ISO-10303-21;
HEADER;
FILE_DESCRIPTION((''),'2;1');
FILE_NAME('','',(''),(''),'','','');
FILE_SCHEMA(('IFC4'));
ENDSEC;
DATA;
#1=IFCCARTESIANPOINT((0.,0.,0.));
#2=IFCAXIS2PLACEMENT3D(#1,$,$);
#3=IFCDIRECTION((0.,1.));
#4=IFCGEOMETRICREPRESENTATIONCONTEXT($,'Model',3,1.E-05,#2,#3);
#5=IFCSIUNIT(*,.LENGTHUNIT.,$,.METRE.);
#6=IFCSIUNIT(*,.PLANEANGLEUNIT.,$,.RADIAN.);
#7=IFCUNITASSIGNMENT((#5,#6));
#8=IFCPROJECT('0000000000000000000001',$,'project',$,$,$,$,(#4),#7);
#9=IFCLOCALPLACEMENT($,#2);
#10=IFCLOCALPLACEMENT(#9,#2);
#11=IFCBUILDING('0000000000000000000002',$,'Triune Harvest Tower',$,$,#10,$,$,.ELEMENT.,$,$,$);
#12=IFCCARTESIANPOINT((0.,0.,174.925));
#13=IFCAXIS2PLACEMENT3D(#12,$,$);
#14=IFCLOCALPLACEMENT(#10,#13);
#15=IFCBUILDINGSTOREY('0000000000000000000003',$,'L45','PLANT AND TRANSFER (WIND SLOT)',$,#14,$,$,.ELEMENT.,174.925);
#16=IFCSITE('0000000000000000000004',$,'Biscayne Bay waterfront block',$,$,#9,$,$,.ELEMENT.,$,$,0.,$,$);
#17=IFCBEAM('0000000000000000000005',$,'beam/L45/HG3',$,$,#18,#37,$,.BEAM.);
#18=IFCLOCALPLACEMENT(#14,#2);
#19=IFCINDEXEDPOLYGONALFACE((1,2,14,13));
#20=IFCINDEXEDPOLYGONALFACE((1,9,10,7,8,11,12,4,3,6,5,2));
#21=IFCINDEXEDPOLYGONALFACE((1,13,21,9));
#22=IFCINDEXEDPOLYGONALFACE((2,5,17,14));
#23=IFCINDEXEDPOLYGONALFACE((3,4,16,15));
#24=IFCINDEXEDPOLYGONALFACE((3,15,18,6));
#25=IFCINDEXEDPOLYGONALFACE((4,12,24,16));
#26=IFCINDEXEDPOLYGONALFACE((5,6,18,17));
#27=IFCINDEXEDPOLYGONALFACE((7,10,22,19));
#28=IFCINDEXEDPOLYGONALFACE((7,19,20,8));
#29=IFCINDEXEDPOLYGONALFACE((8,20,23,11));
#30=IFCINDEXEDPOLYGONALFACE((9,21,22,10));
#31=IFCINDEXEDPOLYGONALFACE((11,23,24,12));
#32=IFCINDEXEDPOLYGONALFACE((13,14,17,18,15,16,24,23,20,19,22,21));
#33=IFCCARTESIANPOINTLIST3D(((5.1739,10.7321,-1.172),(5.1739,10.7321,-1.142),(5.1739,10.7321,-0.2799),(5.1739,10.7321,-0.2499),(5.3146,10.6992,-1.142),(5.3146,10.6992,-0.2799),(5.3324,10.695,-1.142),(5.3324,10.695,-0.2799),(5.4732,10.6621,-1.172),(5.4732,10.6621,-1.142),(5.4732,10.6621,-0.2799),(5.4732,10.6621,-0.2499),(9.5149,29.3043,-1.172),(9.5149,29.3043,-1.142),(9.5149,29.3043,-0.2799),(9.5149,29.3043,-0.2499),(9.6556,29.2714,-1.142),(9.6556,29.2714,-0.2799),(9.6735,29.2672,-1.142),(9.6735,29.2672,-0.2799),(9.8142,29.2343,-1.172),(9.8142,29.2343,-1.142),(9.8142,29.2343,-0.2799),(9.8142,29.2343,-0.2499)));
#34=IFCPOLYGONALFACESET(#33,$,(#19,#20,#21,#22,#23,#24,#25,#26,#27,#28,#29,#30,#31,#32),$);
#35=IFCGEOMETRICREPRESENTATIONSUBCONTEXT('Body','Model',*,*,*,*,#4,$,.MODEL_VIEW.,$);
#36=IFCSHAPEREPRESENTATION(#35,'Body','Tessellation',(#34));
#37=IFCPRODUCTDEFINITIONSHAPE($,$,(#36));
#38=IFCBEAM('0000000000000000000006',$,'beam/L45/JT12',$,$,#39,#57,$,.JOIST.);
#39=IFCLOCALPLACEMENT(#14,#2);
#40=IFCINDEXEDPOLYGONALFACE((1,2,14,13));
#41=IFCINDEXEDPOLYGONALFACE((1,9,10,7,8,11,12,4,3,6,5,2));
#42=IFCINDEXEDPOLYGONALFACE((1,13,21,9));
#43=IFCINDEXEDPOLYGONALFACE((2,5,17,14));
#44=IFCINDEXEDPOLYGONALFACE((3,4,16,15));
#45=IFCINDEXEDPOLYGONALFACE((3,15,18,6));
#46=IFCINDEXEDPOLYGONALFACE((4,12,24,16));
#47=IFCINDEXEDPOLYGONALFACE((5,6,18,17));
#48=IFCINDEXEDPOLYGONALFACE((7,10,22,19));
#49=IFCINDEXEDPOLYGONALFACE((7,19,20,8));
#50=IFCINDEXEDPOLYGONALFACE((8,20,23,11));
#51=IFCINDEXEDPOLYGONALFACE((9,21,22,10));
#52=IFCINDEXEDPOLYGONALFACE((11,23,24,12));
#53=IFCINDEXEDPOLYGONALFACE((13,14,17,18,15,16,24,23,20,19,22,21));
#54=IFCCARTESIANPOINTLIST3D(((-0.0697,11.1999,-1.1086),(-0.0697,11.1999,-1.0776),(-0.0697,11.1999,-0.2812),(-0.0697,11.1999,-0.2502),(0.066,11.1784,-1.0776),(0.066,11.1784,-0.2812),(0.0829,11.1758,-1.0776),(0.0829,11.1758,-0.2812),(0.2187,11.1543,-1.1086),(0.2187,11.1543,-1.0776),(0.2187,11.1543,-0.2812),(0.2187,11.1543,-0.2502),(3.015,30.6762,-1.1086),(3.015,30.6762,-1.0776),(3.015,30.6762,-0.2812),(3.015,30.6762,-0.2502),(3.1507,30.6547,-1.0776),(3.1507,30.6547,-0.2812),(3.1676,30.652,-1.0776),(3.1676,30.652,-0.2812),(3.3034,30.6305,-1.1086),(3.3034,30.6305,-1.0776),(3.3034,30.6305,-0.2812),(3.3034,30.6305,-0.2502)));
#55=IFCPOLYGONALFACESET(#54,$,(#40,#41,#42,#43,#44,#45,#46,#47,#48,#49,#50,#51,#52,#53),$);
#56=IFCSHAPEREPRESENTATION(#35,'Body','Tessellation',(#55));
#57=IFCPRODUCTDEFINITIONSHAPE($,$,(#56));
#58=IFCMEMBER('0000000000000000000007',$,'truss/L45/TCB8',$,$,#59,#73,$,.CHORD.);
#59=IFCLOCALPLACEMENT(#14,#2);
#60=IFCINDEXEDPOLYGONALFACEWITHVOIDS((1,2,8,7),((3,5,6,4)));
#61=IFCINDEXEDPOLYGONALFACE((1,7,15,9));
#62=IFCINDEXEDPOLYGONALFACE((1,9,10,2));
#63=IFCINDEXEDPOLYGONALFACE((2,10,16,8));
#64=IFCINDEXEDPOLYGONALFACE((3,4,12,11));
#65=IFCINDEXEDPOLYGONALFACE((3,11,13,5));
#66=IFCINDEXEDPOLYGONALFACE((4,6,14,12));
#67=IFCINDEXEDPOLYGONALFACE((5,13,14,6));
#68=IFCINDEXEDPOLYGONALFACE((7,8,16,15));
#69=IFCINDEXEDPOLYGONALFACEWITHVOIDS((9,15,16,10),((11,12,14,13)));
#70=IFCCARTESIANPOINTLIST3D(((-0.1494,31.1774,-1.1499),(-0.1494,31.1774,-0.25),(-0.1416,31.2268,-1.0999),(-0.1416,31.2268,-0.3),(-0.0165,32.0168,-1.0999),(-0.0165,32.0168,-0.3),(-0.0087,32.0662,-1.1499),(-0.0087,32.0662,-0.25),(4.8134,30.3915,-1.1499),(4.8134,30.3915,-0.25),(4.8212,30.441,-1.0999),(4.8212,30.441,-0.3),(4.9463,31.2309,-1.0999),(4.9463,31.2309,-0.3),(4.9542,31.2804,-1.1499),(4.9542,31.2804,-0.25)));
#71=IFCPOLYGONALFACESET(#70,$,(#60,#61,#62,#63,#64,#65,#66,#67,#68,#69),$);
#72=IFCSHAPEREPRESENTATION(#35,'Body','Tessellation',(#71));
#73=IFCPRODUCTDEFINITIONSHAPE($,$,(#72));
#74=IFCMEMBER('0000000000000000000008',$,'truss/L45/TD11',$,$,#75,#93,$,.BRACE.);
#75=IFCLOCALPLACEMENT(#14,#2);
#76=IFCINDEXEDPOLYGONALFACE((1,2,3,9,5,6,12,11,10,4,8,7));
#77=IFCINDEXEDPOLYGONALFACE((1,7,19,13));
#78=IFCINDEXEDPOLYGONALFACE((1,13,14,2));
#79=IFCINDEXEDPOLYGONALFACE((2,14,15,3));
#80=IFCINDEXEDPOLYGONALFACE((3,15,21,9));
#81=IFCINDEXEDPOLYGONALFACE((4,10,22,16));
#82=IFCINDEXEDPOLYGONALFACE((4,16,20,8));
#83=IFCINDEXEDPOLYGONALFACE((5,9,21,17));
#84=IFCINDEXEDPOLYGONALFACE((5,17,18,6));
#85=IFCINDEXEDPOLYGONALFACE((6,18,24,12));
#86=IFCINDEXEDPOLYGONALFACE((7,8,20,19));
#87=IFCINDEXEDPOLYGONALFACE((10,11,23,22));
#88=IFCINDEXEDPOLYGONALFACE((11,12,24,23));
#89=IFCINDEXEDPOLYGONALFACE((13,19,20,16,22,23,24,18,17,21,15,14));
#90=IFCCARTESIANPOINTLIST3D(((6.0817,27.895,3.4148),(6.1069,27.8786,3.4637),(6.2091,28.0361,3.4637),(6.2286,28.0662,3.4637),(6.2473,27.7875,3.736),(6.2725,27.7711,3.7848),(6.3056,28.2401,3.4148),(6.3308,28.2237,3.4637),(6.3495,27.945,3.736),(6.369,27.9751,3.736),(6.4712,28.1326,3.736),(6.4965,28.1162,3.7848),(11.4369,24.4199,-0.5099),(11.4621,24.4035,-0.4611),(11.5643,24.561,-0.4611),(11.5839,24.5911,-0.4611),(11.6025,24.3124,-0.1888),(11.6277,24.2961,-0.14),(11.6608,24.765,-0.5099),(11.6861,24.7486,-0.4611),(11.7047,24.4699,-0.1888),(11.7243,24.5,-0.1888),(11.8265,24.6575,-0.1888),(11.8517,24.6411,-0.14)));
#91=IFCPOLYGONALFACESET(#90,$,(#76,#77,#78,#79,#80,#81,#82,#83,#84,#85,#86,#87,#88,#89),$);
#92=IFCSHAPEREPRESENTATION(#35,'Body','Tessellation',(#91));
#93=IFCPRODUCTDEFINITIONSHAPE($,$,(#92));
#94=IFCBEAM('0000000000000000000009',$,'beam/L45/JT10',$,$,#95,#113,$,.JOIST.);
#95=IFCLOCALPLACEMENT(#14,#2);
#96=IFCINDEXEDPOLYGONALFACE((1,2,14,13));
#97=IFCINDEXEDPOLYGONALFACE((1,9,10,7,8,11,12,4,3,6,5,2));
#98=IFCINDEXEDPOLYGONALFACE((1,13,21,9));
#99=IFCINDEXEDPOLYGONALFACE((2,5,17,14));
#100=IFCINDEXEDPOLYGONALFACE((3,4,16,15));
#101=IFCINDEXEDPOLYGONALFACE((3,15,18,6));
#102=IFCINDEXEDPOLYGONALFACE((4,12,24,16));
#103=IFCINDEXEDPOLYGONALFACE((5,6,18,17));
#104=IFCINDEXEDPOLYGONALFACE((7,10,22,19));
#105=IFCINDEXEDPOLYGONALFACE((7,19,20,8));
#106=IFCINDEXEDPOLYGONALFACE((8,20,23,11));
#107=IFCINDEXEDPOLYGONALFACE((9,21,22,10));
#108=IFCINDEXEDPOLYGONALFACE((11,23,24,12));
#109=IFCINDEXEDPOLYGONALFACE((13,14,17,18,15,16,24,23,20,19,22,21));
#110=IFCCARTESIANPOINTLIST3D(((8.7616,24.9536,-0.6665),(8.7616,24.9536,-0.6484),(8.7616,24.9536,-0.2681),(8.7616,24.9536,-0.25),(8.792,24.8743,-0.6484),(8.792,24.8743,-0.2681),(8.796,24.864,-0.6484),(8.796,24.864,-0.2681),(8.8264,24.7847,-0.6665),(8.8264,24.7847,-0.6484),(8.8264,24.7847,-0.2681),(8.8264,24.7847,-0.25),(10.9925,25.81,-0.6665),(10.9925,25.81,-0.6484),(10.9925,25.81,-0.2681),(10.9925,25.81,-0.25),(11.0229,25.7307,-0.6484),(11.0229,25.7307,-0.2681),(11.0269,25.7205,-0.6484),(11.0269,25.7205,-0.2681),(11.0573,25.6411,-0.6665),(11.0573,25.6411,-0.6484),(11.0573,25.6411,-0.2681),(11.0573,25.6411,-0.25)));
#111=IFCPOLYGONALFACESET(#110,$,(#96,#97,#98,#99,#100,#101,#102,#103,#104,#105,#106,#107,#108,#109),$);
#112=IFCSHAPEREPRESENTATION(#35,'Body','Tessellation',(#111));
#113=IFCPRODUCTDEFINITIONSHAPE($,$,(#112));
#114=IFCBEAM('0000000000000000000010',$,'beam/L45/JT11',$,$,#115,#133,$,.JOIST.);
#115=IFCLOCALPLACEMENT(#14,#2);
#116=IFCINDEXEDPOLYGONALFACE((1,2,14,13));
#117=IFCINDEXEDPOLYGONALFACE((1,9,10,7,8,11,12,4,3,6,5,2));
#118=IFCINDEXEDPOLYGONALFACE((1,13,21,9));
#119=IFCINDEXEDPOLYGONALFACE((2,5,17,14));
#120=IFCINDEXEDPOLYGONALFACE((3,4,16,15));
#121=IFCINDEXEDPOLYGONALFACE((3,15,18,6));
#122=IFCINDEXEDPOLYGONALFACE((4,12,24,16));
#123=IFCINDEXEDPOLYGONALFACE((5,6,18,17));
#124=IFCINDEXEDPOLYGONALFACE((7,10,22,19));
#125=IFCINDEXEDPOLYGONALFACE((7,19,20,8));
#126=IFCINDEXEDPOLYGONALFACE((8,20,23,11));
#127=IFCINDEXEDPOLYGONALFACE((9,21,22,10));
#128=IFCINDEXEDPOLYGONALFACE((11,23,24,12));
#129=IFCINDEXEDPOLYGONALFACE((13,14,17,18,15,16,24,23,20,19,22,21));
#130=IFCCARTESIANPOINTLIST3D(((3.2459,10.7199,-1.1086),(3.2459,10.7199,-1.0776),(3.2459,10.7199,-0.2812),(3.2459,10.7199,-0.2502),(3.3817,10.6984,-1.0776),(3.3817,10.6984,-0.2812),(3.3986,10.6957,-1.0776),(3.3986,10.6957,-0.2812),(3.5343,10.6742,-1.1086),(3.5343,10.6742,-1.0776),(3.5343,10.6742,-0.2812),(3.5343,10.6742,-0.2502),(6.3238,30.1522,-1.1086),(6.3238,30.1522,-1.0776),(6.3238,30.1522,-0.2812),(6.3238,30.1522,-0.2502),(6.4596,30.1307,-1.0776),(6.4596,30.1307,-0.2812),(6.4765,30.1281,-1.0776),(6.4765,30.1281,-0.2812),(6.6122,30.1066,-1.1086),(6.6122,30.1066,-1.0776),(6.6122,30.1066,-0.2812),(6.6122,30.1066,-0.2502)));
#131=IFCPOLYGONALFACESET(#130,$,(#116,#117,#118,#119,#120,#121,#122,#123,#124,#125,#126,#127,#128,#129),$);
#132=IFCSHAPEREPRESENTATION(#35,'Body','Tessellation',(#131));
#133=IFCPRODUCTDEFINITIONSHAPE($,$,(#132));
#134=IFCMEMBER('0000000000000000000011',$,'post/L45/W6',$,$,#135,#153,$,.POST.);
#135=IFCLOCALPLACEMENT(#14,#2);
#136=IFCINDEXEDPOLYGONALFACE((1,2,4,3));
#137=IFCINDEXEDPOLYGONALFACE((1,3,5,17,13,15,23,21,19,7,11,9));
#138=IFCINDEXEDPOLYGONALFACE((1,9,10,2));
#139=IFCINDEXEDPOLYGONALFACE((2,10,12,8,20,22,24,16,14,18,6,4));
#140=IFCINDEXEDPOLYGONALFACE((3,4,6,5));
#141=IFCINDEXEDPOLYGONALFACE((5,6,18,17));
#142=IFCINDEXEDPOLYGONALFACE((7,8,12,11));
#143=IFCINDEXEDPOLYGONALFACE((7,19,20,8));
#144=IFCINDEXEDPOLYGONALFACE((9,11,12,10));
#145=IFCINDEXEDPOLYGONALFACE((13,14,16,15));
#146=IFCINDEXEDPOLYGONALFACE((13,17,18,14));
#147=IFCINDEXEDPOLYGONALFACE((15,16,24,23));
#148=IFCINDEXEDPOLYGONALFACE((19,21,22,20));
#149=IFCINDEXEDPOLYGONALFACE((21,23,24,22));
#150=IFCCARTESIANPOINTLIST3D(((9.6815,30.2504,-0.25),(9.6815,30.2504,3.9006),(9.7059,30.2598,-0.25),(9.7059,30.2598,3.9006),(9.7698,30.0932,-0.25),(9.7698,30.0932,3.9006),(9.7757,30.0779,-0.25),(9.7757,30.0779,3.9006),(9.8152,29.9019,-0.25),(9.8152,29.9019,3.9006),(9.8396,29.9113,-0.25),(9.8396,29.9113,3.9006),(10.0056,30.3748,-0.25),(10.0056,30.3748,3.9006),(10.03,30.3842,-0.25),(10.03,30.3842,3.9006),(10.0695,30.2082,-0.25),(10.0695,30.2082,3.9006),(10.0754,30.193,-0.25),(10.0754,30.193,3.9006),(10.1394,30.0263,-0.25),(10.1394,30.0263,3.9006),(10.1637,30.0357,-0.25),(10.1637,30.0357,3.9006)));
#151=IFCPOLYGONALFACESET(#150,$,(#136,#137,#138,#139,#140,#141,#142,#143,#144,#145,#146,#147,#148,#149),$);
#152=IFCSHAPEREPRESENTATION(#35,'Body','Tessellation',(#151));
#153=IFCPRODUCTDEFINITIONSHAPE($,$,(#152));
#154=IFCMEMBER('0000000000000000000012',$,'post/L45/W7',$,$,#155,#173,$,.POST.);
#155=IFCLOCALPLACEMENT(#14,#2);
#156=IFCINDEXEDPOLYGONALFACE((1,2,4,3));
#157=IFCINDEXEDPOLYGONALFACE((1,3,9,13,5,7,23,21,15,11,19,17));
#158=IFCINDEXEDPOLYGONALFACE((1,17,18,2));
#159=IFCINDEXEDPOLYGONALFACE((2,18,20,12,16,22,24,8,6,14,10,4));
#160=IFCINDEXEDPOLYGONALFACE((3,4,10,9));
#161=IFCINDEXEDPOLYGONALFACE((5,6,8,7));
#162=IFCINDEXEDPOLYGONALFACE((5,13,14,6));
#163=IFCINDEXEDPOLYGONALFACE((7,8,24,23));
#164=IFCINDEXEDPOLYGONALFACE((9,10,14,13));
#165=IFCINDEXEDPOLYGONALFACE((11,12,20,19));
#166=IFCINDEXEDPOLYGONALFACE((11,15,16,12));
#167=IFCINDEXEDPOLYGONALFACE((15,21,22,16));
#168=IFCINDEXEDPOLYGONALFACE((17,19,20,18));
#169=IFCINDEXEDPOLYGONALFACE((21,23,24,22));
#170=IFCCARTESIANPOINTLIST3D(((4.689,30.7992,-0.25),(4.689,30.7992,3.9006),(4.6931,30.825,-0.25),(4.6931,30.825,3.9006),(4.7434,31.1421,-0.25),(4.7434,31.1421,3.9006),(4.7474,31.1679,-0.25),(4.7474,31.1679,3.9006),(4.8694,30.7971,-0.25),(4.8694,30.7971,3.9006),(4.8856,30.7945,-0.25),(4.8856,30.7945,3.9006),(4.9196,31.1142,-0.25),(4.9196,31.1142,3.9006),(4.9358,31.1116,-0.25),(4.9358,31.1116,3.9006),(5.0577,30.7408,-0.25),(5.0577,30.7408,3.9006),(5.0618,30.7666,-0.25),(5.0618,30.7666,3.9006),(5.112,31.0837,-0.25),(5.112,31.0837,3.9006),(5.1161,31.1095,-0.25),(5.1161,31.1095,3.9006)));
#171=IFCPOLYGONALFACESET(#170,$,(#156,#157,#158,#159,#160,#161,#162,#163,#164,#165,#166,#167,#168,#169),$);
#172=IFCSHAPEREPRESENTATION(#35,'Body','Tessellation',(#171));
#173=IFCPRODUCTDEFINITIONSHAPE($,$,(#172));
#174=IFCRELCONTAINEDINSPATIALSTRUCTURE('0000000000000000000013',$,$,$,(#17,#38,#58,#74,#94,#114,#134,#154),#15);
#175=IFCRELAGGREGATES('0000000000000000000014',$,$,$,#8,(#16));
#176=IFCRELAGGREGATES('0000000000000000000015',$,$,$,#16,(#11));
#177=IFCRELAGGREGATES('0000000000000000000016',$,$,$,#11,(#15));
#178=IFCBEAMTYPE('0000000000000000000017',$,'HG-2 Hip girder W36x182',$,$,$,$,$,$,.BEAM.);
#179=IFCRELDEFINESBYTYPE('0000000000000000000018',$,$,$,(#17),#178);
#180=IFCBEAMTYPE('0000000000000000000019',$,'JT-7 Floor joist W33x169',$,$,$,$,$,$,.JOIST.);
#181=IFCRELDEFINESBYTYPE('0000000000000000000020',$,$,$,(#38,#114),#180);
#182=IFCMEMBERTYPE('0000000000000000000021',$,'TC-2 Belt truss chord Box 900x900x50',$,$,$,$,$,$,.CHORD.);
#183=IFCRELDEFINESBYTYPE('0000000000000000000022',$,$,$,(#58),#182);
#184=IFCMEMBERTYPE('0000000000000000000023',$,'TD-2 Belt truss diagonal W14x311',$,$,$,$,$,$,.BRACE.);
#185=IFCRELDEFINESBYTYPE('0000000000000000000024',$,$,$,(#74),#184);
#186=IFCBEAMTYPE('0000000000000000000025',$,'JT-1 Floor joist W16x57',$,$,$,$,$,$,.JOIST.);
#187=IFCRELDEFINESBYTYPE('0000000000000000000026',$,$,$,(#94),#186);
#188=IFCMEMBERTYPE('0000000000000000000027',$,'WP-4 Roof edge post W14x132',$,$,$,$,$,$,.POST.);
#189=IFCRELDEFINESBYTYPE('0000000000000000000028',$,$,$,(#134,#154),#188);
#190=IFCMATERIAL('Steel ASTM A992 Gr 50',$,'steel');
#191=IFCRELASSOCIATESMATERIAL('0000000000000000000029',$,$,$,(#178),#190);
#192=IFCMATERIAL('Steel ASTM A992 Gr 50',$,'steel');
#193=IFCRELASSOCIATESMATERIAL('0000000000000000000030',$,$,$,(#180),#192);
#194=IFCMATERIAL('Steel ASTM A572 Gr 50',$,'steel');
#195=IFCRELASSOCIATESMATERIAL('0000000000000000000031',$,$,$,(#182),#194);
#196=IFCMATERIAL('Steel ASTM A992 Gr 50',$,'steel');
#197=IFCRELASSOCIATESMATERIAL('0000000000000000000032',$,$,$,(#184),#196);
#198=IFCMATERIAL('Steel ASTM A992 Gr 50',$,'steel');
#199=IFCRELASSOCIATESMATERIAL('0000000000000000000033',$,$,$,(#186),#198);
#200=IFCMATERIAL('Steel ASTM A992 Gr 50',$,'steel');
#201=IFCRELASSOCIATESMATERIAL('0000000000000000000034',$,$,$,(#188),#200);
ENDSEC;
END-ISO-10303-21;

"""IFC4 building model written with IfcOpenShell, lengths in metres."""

from ifc_helpers import new_model, si_unit, direction, frame, origin, origin_2d, place, context, subcontext, project, spatial, hollow_rectangle, i_section, extrude, source, transform, mapped, material, material_profile, profile_set, type_object, element, save


model = new_model("IFC4")

# Units and contexts
model_context = context("Model", 3, precision=1e-05, world=origin(), true_north=direction((0.0, 1.0)))
body_context = subcontext(model_context, "Body", "Model", "MODEL_VIEW")
ifc_project = project(units=[si_unit("LENGTHUNIT", "METRE"), si_unit("PLANEANGLEUNIT", "RADIAN")], contexts=[model_context])

# Site, building, storey
site_placement = place(None, origin())
site = spatial("IfcSite", under=ifc_project, at=site_placement, Name="Biscayne Bay waterfront block", CompositionType="ELEMENT", RefElevation=0.0)
building_placement = place(site_placement, origin())
building = spatial("IfcBuilding", under=site, at=building_placement, Name="Triune Harvest Tower", CompositionType="ELEMENT")
storey_placement = place(building_placement, frame((0.0, 0.0, 174.925)))
storey = spatial("IfcBuildingStorey", under=building, at=storey_placement, Name="L45", Description="PLANT AND TRANSFER (WIND SLOT)", CompositionType="ELEMENT", Elevation=174.925)

# Beams
ifc_material_1 = material(Name="Steel ASTM A992 Gr 50", Category="steel")
ifc_material_profile_1 = material_profile(ifc_material_1, i_section(OverallWidth=0.3074, OverallDepth=0.9221, WebThickness=0.0183, FlangeThickness=0.03, at=origin_2d()), Name="W36x182")
ifc_profile_set_1 = profile_set([ifc_material_profile_1], Name="Steel ASTM A992 Gr 50")
beam_type_1 = type_object("IfcBeamType", Name="HG-2 Hip girder W36x182", PredefinedType="BEAM", material=ifc_profile_set_1)
beam_1_placement = place(storey_placement, frame((9.6646, 29.2693, -0.7109), z_axis=(-0.227604, -0.973754, 0.0), x_axis=(0.973754, -0.227604, 0.0)))
element("IfcBeam", 1, at=beam_1_placement, inside=storey, type_object=beam_type_1, Name="beam/L45/HG3", PredefinedType="BEAM", context=body_context, shape_type="SweptSolid", body=[
    extrude(i_section(OverallWidth=0.3074, OverallDepth=0.9221, WebThickness=0.0183, FlangeThickness=0.03, at=origin_2d()), origin(), (0.0, 0.0, 1.0), 19.0728),
])
ifc_material_2 = material(Name="Steel ASTM A992 Gr 50", Category="steel")
ifc_material_profile_2 = material_profile(ifc_material_2, i_section(OverallWidth=0.292, OverallDepth=0.8584, WebThickness=0.0171, FlangeThickness=0.031, at=origin_2d()), Name="W33x169")
ifc_profile_set_2 = profile_set([ifc_material_profile_2], Name="Steel ASTM A992 Gr 50")
beam_type_2 = type_object("IfcBeamType", Name="JT-7 Floor joist W33x169", PredefinedType="JOIST", material=ifc_profile_set_2)
beam_2_placement = place(storey_placement, frame((3.1592, 30.6533, -0.6794), z_axis=(-0.156433, -0.987689, 0.0), x_axis=(0.987689, -0.156433, 0.0)))
element("IfcBeam", 2, at=beam_2_placement, inside=storey, type_object=beam_type_2, Name="beam/L45/JT12", PredefinedType="JOIST", context=body_context, shape_type="SweptSolid", body=[
    extrude(i_section(OverallWidth=0.292, OverallDepth=0.8584, WebThickness=0.0171, FlangeThickness=0.031, at=origin_2d()), origin(), (0.0, 0.0, 1.0), 19.719),
])

# Members
ifc_material_3 = material(Name="Steel ASTM A572 Gr 50", Category="steel")
ifc_material_profile_3 = material_profile(ifc_material_3, hollow_rectangle(XDim=0.8999, YDim=0.8999, WallThickness=0.05, at=origin_2d()), Name="Box 900x900x50")
ifc_profile_set_3 = profile_set([ifc_material_profile_3], Name="Steel ASTM A572 Gr 50")
member_type_1 = type_object("IfcMemberType", Name="TC-2 Belt truss chord Box 900x900x50", PredefinedType="CHORD", material=ifc_profile_set_3)
member_1_placement = place(storey_placement, frame((4.8838, 30.8359, -0.7), z_axis=(-0.987693, 0.156404, 0.0), x_axis=(-0.156404, -0.987693, 0.0)))
element("IfcMember", 3, at=member_1_placement, inside=storey, type_object=member_type_1, Name="truss/L45/TCB8", PredefinedType="CHORD", context=body_context, shape_type="SweptSolid", body=[
    extrude(hollow_rectangle(XDim=0.8999, YDim=0.8999, WallThickness=0.05, at=origin_2d()), origin(), (0.0, 0.0, 1.0), 5.0247),
])
ifc_material_4 = material(Name="Steel ASTM A992 Gr 50", Category="steel")
ifc_material_profile_4 = material_profile(ifc_material_4, i_section(OverallWidth=0.4114, OverallDepth=0.4343, WebThickness=0.0359, FlangeThickness=0.0574, at=origin_2d()), Name="W14x311")
ifc_profile_set_4 = profile_set([ifc_material_profile_4], Name="Steel ASTM A992 Gr 50")
member_type_2 = type_object("IfcMemberType", Name="TD-2 Belt truss diagonal W14x311", PredefinedType="BRACE", material=ifc_profile_set_4)
member_2_placement = place(storey_placement, frame((11.6443, 24.5305, -0.325), z_axis=(-0.714609, 0.463722, 0.523732), x_axis=(-0.54435, -0.838858, 0.0)))
element("IfcMember", 4, at=member_2_placement, inside=storey, type_object=member_type_2, Name="truss/L45/TD11", PredefinedType="BRACE", context=body_context, shape_type="SweptSolid", body=[
    extrude(i_section(OverallWidth=0.4114, OverallDepth=0.4343, WebThickness=0.0359, FlangeThickness=0.0574, at=origin_2d()), origin(), (0.0, 0.0, 1.0), 7.4939),
])

# Beams
ifc_material_5 = material(Name="Steel ASTM A992 Gr 50", Category="steel")
ifc_material_profile_5 = material_profile(ifc_material_5, i_section(OverallWidth=0.1809, OverallDepth=0.4165, WebThickness=0.011, FlangeThickness=0.0181, at=origin_2d()), Name="W16x57")
ifc_profile_set_5 = profile_set([ifc_material_profile_5], Name="Steel ASTM A992 Gr 50")
beam_type_3 = type_object("IfcBeamType", Name="JT-1 Floor joist W16x57", PredefinedType="JOIST", material=ifc_profile_set_5)
shared_shape_1 = source(origin(), body_context, "Body", "SweptSolid", [
    extrude(i_section(OverallWidth=0.1809, OverallDepth=0.4165, WebThickness=0.011, FlangeThickness=0.0181, at=origin_2d()), origin(), (0.0, 0.0, 1.0), 2.3896),
])
beam_3_placement = place(storey_placement, frame((11.0249, 25.7256, -0.4583), z_axis=(-0.933572, -0.35839, 0.0), x_axis=(0.35839, -0.933572, 0.0)))
element("IfcBeam", 5, at=beam_3_placement, inside=storey, type_object=beam_type_3, Name="beam/L45/JT10", PredefinedType="JOIST", context=body_context, shape_type="MappedRepresentation", body=[
    mapped(shared_shape_1, transform((0.0, 0.0, 0.0), scale=1.0)),
])
shared_shape_2 = source(origin(), body_context, "Body", "SweptSolid", [
    extrude(i_section(OverallWidth=0.292, OverallDepth=0.8584, WebThickness=0.0171, FlangeThickness=0.031, at=origin_2d()), origin(), (0.0, 0.0, 1.0), 19.6746),
])
beam_4_placement = place(storey_placement, frame((6.468, 30.1294, -0.6794), z_axis=(-0.156439, -0.987688, 0.0), x_axis=(0.987688, -0.156439, 0.0)))
element("IfcBeam", 6, at=beam_4_placement, inside=storey, type_object=beam_type_2, Name="beam/L45/JT11", PredefinedType="JOIST", context=body_context, shape_type="MappedRepresentation", body=[
    mapped(shared_shape_2, transform((0.0, 0.0, 0.0), scale=1.0)),
])

# Members
ifc_material_6 = material(Name="Steel ASTM A992 Gr 50", Category="steel")
ifc_material_profile_6 = material_profile(ifc_material_6, i_section(OverallWidth=0.3733, OverallDepth=0.3733, WebThickness=0.0164, FlangeThickness=0.0261, at=origin_2d()), Name="W14x132")
ifc_profile_set_6 = profile_set([ifc_material_profile_6], Name="Steel ASTM A992 Gr 50")
member_type_3 = type_object("IfcMemberType", Name="WP-4 Roof edge post W14x132", PredefinedType="POST", material=ifc_profile_set_6)
shared_shape_3 = source(origin(), body_context, "Body", "SweptSolid", [
    extrude(i_section(OverallWidth=0.3733, OverallDepth=0.3733, WebThickness=0.0164, FlangeThickness=0.0261, at=origin_2d()), origin(), (0.0, 0.0, 1.0), 4.1506),
])
for number, where, z_axis, x_axis, name in (
    (7, (9.9226, 30.1431, -0.25), (0.0, 0.0, 1.0), (-0.358368, 0.93358, 0.0), "post/L45/W6"),
    (8, (4.9026, 30.9543, -0.25), (0.0, 0.0, 1.0), (-0.987688, 0.156434, 0.0), "post/L45/W7"),
):
    element("IfcMember", number, at=place(storey_placement, frame(where, z_axis=z_axis, x_axis=x_axis)), inside=storey, type_object=member_type_3, Name=name, PredefinedType="POST", context=body_context, shape_type="MappedRepresentation", body=[
        mapped(shared_shape_3, transform((0.0, 0.0, 0.0), scale=1.0)),
    ])

save(model, "model.ifc")
